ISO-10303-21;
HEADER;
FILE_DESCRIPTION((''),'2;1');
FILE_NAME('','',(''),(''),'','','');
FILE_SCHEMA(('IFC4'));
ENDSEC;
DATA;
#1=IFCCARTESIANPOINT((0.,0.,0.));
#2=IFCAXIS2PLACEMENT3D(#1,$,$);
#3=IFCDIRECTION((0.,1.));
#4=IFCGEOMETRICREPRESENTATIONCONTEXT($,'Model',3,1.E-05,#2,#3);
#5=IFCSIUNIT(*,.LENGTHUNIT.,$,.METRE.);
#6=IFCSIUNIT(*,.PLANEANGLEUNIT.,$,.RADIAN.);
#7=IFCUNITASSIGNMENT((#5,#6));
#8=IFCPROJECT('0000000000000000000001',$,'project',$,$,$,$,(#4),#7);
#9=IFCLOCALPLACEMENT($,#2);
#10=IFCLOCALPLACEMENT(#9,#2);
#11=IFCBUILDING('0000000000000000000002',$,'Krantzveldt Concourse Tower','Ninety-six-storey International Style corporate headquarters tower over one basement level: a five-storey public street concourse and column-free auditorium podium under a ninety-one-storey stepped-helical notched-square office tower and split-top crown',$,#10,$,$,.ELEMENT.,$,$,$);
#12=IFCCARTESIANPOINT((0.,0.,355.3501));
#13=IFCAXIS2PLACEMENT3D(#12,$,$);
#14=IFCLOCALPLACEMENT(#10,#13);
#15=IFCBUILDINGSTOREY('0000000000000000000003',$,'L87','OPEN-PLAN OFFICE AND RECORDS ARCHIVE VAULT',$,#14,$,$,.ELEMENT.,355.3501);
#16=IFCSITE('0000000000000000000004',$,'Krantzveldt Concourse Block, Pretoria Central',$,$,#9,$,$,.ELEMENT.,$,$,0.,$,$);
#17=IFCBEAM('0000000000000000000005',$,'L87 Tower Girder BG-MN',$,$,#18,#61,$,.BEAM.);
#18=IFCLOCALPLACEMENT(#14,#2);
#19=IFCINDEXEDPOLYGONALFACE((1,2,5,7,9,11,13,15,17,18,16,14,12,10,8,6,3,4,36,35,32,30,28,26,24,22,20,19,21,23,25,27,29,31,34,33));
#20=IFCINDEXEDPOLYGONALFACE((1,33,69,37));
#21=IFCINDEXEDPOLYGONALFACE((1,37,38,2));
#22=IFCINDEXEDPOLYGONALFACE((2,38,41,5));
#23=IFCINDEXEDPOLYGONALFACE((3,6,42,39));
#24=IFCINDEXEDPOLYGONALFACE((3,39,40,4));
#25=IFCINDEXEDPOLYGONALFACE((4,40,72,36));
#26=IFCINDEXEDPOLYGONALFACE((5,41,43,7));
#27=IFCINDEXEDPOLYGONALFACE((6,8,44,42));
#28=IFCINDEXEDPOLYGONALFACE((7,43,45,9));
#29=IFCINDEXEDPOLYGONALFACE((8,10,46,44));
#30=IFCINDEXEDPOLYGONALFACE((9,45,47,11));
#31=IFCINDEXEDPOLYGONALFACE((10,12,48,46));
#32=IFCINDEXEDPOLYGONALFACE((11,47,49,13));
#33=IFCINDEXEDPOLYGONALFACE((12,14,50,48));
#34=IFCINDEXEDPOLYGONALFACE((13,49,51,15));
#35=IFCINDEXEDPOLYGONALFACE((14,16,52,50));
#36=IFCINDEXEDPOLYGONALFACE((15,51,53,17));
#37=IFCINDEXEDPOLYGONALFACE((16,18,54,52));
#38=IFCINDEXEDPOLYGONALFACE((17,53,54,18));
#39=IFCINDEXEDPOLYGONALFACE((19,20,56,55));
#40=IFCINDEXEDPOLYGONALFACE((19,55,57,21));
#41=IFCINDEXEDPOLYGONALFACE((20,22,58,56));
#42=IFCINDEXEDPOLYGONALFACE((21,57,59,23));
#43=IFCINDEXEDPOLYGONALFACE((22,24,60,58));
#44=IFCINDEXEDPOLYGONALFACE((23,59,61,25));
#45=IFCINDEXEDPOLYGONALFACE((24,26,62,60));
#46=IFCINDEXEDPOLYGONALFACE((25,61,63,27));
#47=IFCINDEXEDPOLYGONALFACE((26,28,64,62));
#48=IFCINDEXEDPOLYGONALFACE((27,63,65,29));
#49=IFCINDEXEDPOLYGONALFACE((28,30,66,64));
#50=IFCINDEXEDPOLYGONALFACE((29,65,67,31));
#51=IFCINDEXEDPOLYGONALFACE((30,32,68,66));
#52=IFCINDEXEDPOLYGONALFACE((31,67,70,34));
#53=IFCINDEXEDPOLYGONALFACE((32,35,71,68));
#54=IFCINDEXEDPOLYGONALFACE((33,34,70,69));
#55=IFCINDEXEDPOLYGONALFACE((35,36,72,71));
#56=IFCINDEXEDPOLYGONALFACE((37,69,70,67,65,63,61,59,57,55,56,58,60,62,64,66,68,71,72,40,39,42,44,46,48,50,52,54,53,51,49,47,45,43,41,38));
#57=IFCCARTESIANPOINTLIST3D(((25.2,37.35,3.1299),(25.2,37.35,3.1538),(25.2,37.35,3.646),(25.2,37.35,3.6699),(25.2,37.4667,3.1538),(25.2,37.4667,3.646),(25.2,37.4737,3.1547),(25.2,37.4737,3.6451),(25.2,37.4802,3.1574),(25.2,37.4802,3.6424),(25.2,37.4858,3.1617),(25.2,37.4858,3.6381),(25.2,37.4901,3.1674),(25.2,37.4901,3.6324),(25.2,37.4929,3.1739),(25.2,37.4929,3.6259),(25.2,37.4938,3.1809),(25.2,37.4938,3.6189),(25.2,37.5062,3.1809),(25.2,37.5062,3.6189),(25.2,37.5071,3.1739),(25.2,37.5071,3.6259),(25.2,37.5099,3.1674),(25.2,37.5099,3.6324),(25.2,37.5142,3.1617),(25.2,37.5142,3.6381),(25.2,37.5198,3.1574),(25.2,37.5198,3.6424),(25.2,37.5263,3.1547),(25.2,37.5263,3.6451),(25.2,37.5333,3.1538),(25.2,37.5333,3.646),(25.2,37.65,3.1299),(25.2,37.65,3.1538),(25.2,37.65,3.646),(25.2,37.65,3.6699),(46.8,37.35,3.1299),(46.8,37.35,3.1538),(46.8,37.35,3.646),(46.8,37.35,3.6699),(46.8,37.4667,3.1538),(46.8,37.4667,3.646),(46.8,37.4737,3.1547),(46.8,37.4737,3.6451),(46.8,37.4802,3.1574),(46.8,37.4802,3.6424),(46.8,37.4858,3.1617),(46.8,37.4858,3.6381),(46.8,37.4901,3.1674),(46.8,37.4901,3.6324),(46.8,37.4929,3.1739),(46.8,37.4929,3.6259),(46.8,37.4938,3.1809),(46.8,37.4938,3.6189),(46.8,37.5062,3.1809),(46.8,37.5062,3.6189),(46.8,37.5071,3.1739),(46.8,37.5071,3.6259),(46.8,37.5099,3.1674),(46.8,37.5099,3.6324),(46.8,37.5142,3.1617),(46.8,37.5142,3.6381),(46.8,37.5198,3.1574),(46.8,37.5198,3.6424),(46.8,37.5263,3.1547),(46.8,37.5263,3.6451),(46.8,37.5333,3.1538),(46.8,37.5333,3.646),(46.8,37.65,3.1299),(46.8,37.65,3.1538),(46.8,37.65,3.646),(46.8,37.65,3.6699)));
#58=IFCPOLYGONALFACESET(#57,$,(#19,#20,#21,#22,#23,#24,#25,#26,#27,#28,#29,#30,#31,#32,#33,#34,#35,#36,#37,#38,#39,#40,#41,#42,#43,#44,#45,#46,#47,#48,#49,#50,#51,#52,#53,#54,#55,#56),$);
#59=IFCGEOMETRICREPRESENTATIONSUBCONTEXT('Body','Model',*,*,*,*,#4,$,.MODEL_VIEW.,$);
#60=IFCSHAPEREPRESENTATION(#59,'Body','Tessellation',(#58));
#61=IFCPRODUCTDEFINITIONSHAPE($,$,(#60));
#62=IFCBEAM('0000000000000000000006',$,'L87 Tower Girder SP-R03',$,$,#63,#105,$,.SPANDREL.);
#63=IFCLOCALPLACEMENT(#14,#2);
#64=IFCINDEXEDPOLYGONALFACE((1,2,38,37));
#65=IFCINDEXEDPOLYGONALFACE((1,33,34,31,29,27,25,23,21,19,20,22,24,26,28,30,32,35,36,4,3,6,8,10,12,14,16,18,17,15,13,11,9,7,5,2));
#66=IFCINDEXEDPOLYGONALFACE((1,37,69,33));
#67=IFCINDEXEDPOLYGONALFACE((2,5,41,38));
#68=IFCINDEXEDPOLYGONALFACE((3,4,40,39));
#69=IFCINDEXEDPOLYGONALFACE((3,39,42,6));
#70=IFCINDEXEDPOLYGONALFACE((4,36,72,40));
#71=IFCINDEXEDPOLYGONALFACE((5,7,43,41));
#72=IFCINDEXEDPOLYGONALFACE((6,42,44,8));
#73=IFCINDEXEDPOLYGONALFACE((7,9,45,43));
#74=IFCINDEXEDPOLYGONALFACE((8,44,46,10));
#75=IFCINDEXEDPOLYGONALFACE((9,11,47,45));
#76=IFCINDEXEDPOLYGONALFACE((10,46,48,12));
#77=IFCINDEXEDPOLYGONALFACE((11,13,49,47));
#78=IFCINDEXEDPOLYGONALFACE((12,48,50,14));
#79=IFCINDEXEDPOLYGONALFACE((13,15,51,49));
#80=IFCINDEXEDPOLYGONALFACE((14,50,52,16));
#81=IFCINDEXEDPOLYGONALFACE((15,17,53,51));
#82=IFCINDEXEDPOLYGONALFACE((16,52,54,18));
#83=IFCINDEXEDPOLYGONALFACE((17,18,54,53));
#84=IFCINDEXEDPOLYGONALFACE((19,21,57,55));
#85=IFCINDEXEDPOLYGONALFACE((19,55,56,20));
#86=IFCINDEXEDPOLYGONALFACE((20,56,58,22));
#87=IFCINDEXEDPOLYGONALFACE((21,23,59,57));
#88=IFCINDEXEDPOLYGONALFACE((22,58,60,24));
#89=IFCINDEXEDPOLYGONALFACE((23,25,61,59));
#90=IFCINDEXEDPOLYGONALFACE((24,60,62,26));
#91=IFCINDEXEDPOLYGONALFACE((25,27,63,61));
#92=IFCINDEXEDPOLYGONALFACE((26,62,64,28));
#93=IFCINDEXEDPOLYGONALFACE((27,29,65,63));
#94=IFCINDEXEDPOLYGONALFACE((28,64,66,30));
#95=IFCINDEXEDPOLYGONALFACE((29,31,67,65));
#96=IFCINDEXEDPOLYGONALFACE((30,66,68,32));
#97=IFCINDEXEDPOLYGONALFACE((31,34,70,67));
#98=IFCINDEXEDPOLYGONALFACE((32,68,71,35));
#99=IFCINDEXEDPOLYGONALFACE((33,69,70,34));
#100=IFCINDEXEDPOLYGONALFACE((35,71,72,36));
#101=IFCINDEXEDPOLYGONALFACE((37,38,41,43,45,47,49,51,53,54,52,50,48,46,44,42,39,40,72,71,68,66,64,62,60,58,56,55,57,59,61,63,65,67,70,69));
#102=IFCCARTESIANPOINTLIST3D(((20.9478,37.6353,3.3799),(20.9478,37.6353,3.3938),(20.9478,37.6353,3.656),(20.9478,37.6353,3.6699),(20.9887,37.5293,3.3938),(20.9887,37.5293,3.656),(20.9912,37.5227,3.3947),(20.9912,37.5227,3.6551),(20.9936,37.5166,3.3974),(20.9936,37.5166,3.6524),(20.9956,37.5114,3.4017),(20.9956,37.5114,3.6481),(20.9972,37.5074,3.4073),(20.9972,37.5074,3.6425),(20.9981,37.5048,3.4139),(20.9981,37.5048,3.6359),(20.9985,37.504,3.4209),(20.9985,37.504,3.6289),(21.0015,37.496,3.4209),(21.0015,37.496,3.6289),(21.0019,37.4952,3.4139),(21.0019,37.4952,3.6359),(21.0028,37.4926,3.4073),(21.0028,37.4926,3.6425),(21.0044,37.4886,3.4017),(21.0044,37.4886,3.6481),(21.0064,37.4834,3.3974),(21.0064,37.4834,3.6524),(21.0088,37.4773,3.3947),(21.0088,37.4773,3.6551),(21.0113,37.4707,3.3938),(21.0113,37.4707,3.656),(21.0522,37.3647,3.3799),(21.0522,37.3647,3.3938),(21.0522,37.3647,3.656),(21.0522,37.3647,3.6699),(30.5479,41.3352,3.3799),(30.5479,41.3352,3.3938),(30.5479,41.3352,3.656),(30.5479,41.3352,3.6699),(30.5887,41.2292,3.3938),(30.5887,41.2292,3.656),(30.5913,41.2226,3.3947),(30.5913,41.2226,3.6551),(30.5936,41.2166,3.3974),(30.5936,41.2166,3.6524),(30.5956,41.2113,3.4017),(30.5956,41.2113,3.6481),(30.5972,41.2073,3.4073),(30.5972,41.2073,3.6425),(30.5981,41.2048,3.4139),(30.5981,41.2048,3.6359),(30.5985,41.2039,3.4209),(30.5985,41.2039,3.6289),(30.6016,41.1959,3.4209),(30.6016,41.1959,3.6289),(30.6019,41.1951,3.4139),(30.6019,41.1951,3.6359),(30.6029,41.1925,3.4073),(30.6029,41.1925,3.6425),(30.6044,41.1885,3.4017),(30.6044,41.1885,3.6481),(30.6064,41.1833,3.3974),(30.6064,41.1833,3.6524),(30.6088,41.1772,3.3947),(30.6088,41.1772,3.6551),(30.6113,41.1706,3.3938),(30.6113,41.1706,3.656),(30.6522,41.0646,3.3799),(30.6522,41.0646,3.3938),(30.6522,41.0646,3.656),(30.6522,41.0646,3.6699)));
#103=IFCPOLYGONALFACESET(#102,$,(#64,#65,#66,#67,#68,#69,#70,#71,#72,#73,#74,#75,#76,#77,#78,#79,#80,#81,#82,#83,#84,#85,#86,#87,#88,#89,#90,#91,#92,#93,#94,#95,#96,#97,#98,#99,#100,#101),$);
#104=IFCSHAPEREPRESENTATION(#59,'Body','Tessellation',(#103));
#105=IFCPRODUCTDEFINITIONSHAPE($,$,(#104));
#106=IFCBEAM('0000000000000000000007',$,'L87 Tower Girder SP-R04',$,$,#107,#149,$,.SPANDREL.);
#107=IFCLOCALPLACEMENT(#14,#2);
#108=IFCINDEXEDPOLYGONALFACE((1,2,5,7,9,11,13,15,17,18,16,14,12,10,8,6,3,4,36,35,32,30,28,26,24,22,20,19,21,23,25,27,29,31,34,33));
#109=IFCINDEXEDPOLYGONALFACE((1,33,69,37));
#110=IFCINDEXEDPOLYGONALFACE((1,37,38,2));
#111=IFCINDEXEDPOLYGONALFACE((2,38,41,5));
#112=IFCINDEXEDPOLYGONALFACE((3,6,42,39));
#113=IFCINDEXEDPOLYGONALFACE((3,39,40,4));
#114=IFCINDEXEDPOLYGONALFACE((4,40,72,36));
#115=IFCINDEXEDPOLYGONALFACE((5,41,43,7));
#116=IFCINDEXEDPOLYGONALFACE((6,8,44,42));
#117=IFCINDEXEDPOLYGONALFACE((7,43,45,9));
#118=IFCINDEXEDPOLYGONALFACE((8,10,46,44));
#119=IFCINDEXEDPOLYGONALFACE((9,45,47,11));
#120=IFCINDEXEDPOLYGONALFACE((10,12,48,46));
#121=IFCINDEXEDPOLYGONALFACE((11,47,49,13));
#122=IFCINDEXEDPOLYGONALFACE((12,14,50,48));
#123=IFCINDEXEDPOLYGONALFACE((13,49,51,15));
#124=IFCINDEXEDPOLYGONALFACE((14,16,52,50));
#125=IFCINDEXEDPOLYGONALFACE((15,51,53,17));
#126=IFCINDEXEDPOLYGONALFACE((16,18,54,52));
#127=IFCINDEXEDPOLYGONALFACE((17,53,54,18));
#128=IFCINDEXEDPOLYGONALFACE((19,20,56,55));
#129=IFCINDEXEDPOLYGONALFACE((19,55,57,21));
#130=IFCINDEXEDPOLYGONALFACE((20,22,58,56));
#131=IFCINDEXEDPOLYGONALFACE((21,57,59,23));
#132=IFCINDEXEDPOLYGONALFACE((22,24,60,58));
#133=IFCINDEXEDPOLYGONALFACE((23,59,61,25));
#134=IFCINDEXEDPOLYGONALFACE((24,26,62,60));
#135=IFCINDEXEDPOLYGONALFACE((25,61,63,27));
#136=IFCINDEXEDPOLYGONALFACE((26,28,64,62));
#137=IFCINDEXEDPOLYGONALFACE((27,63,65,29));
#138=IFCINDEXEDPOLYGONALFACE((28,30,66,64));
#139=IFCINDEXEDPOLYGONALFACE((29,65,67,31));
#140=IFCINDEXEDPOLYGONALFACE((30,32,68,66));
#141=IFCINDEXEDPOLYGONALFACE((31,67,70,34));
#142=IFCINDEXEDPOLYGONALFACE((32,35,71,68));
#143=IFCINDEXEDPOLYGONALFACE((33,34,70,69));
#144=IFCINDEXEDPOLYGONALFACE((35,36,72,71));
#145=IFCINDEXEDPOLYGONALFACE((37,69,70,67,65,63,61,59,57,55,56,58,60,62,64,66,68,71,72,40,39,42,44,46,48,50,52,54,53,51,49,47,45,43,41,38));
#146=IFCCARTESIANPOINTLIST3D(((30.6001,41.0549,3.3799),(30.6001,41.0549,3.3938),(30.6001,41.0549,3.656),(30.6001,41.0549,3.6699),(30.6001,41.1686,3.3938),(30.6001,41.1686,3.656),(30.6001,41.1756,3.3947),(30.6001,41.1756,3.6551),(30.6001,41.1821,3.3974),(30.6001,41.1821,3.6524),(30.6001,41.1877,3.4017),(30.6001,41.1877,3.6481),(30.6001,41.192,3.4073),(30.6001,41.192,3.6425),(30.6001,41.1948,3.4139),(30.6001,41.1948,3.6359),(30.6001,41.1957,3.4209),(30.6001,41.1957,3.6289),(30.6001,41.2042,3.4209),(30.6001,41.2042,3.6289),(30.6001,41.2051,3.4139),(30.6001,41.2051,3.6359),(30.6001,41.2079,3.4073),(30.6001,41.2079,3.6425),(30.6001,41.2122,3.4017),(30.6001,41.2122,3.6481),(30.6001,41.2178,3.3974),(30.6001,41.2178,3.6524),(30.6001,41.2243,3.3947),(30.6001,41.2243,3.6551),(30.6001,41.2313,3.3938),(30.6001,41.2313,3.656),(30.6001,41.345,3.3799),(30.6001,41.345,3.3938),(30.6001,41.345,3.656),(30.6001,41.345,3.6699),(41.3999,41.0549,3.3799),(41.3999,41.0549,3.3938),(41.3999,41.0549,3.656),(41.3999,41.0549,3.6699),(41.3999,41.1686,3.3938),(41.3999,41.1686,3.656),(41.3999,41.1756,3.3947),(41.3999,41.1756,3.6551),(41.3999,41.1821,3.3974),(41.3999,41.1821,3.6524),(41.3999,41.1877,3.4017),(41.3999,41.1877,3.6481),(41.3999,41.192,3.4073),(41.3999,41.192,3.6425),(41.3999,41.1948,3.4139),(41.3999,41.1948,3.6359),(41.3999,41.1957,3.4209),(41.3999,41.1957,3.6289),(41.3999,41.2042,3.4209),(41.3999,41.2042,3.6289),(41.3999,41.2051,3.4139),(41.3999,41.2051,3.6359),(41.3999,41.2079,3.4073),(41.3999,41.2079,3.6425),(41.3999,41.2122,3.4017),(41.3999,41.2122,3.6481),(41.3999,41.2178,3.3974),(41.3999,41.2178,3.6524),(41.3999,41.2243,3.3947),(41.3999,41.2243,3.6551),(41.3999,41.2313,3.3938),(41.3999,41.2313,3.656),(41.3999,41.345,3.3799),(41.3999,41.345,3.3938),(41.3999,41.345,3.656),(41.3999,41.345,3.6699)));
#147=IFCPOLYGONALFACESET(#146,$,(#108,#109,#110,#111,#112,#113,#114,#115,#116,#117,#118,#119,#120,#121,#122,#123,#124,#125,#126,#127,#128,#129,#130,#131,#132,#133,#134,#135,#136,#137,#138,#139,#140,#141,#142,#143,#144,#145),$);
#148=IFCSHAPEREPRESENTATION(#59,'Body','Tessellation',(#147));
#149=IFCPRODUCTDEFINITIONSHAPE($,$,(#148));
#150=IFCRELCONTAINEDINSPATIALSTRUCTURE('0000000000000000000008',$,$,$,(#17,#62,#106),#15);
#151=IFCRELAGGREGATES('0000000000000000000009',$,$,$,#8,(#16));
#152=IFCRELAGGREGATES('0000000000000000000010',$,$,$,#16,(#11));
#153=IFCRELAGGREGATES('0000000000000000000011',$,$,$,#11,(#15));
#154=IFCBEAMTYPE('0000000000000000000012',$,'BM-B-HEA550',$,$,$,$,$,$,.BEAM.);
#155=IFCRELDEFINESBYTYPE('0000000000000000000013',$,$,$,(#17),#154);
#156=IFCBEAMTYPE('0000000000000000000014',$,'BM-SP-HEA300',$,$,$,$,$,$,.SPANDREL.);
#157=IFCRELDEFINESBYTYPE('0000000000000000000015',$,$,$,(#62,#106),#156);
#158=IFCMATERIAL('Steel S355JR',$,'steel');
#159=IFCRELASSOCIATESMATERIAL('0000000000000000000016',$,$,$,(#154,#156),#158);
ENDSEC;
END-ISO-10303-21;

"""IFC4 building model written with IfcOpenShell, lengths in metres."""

from ifc_helpers import new_model, si_unit, direction, frame, origin, origin_2d, place, context, subcontext, project, spatial, i_section, extrude, source, transform, mapped, material, material_profile, profile_set, type_object, type_shapes, element, save


model = new_model("IFC4")

# Units and contexts
model_context = context("Model", 3, precision=1e-05, world=origin(), true_north=direction((0.0, 1.0)))
body_context = subcontext(model_context, "Body", "Model", "MODEL_VIEW")
ifc_project = project(units=[si_unit("LENGTHUNIT", "METRE"), si_unit("PLANEANGLEUNIT", "RADIAN")], contexts=[model_context])

# Site, building, storey
site_placement = place(None, origin())
site = spatial("IfcSite", under=ifc_project, at=site_placement, Name="Krantzveldt Concourse Block, Pretoria Central", CompositionType="ELEMENT", RefElevation=0.0)
building_placement = place(site_placement, origin())
building = spatial("IfcBuilding", under=site, at=building_placement, Name="Krantzveldt Concourse Tower", Description="Ninety-six-storey International Style corporate headquarters tower over one basement level: a five-storey public street concourse and column-free auditorium podium under a ninety-one-storey stepped-helical notched-square office tower and split-top crown", CompositionType="ELEMENT")
storey_placement = place(building_placement, frame((0.0, 0.0, 355.3501)))
storey = spatial("IfcBuildingStorey", under=building, at=storey_placement, Name="L87", Description="OPEN-PLAN OFFICE AND RECORDS ARCHIVE VAULT", CompositionType="ELEMENT", Elevation=355.3501)

# Beams
ifc_material_1 = material(Name="Steel S355JR", Category="steel")
ifc_material_profile_1 = material_profile(ifc_material_1, i_section(OverallWidth=0.3, OverallDepth=0.54, WebThickness=0.0125, FlangeThickness=0.0239, FilletRadius=0.0271, at=origin_2d()), Name="Steel S355JR", Category="steel")
ifc_profile_set_1 = profile_set([ifc_material_profile_1], Name="Steel S355JR - HEA 550")
beam_type_1 = type_object("IfcBeamType", Name="BM-B-HEA550", PredefinedType="BEAM", material=ifc_profile_set_1)
shared_shape_1 = source(origin(), body_context, "Body", "SweptSolid", [
    extrude(i_section(OverallWidth=0.3, OverallDepth=0.54, WebThickness=0.0125, FlangeThickness=0.0239, FilletRadius=0.0271, at=origin_2d()), origin(), (0.0, 0.0, 1.0), 21.6001),
])
type_shapes(beam_type_1, [shared_shape_1])
beam_1_placement = place(storey_placement, frame((25.2, 37.5, 3.3999), z_axis=(1.0, 0.0, 0.0), x_axis=(0.0, 1.0, 0.0)))
element("IfcBeam", 1, at=beam_1_placement, inside=storey, type_object=beam_type_1, Name="L87 Tower Girder BG-MN", PredefinedType="BEAM", context=body_context, shape_type="MappedRepresentation", body=[
    mapped(shared_shape_1, transform((0.0, 0.0, 0.0), x_axis=(1.0, 0.0, 0.0), y_axis=(0.0, 1.0, 0.0), z_axis=(0.0, 0.0, 1.0), scale=1.0)),
])
ifc_material_profile_2 = material_profile(ifc_material_1, i_section(OverallWidth=0.29, OverallDepth=0.29, WebThickness=0.0085, FlangeThickness=0.0139, FilletRadius=0.0271, at=origin_2d()), Name="Steel S355JR", Category="steel")
ifc_profile_set_2 = profile_set([ifc_material_profile_2], Name="Steel S355JR - HEA 300")
beam_type_2 = type_object("IfcBeamType", Name="BM-SP-HEA300", PredefinedType="SPANDREL", material=ifc_profile_set_2)
shared_shape_2 = source(origin(), body_context, "Body", "SweptSolid", [
    extrude(i_section(OverallWidth=0.29, OverallDepth=0.29, WebThickness=0.0085, FlangeThickness=0.0139, FilletRadius=0.0271, at=origin_2d()), origin(), (0.0, 0.0, 1.0), 10.2883),
])
beam_2_placement = place(storey_placement, frame((21.0, 37.5, 3.5249), z_axis=(0.933098, 0.359623, 0.0), x_axis=(-0.359623, 0.933098, 0.0)))
element("IfcBeam", 2, at=beam_2_placement, inside=storey, type_object=beam_type_2, Name="L87 Tower Girder SP-R03", PredefinedType="SPANDREL", context=body_context, shape_type="MappedRepresentation", body=[
    mapped(shared_shape_2, transform((0.0, 0.0, 0.0), x_axis=(1.0, 0.0, 0.0), y_axis=(0.0, 1.0, 0.0), z_axis=(0.0, 0.0, 1.0), scale=1.0)),
])
shared_shape_3 = source(origin(), body_context, "Body", "SweptSolid", [
    extrude(i_section(OverallWidth=0.29, OverallDepth=0.29, WebThickness=0.0085, FlangeThickness=0.0139, FilletRadius=0.0271, at=origin_2d()), origin(), (0.0, 0.0, 1.0), 10.7998),
])
type_shapes(beam_type_2, [shared_shape_2, shared_shape_3])
beam_3_placement = place(storey_placement, frame((30.6001, 41.2, 3.5249), z_axis=(1.0, 0.0, 0.0), x_axis=(0.0, 1.0, 0.0)))
element("IfcBeam", 3, at=beam_3_placement, inside=storey, type_object=beam_type_2, Name="L87 Tower Girder SP-R04", PredefinedType="SPANDREL", context=body_context, shape_type="MappedRepresentation", body=[
    mapped(shared_shape_3, transform((0.0, 0.0, 0.0), x_axis=(1.0, 0.0, 0.0), y_axis=(0.0, 1.0, 0.0), z_axis=(0.0, 0.0, 1.0), scale=1.0)),
])

save(model, "model.ifc")
